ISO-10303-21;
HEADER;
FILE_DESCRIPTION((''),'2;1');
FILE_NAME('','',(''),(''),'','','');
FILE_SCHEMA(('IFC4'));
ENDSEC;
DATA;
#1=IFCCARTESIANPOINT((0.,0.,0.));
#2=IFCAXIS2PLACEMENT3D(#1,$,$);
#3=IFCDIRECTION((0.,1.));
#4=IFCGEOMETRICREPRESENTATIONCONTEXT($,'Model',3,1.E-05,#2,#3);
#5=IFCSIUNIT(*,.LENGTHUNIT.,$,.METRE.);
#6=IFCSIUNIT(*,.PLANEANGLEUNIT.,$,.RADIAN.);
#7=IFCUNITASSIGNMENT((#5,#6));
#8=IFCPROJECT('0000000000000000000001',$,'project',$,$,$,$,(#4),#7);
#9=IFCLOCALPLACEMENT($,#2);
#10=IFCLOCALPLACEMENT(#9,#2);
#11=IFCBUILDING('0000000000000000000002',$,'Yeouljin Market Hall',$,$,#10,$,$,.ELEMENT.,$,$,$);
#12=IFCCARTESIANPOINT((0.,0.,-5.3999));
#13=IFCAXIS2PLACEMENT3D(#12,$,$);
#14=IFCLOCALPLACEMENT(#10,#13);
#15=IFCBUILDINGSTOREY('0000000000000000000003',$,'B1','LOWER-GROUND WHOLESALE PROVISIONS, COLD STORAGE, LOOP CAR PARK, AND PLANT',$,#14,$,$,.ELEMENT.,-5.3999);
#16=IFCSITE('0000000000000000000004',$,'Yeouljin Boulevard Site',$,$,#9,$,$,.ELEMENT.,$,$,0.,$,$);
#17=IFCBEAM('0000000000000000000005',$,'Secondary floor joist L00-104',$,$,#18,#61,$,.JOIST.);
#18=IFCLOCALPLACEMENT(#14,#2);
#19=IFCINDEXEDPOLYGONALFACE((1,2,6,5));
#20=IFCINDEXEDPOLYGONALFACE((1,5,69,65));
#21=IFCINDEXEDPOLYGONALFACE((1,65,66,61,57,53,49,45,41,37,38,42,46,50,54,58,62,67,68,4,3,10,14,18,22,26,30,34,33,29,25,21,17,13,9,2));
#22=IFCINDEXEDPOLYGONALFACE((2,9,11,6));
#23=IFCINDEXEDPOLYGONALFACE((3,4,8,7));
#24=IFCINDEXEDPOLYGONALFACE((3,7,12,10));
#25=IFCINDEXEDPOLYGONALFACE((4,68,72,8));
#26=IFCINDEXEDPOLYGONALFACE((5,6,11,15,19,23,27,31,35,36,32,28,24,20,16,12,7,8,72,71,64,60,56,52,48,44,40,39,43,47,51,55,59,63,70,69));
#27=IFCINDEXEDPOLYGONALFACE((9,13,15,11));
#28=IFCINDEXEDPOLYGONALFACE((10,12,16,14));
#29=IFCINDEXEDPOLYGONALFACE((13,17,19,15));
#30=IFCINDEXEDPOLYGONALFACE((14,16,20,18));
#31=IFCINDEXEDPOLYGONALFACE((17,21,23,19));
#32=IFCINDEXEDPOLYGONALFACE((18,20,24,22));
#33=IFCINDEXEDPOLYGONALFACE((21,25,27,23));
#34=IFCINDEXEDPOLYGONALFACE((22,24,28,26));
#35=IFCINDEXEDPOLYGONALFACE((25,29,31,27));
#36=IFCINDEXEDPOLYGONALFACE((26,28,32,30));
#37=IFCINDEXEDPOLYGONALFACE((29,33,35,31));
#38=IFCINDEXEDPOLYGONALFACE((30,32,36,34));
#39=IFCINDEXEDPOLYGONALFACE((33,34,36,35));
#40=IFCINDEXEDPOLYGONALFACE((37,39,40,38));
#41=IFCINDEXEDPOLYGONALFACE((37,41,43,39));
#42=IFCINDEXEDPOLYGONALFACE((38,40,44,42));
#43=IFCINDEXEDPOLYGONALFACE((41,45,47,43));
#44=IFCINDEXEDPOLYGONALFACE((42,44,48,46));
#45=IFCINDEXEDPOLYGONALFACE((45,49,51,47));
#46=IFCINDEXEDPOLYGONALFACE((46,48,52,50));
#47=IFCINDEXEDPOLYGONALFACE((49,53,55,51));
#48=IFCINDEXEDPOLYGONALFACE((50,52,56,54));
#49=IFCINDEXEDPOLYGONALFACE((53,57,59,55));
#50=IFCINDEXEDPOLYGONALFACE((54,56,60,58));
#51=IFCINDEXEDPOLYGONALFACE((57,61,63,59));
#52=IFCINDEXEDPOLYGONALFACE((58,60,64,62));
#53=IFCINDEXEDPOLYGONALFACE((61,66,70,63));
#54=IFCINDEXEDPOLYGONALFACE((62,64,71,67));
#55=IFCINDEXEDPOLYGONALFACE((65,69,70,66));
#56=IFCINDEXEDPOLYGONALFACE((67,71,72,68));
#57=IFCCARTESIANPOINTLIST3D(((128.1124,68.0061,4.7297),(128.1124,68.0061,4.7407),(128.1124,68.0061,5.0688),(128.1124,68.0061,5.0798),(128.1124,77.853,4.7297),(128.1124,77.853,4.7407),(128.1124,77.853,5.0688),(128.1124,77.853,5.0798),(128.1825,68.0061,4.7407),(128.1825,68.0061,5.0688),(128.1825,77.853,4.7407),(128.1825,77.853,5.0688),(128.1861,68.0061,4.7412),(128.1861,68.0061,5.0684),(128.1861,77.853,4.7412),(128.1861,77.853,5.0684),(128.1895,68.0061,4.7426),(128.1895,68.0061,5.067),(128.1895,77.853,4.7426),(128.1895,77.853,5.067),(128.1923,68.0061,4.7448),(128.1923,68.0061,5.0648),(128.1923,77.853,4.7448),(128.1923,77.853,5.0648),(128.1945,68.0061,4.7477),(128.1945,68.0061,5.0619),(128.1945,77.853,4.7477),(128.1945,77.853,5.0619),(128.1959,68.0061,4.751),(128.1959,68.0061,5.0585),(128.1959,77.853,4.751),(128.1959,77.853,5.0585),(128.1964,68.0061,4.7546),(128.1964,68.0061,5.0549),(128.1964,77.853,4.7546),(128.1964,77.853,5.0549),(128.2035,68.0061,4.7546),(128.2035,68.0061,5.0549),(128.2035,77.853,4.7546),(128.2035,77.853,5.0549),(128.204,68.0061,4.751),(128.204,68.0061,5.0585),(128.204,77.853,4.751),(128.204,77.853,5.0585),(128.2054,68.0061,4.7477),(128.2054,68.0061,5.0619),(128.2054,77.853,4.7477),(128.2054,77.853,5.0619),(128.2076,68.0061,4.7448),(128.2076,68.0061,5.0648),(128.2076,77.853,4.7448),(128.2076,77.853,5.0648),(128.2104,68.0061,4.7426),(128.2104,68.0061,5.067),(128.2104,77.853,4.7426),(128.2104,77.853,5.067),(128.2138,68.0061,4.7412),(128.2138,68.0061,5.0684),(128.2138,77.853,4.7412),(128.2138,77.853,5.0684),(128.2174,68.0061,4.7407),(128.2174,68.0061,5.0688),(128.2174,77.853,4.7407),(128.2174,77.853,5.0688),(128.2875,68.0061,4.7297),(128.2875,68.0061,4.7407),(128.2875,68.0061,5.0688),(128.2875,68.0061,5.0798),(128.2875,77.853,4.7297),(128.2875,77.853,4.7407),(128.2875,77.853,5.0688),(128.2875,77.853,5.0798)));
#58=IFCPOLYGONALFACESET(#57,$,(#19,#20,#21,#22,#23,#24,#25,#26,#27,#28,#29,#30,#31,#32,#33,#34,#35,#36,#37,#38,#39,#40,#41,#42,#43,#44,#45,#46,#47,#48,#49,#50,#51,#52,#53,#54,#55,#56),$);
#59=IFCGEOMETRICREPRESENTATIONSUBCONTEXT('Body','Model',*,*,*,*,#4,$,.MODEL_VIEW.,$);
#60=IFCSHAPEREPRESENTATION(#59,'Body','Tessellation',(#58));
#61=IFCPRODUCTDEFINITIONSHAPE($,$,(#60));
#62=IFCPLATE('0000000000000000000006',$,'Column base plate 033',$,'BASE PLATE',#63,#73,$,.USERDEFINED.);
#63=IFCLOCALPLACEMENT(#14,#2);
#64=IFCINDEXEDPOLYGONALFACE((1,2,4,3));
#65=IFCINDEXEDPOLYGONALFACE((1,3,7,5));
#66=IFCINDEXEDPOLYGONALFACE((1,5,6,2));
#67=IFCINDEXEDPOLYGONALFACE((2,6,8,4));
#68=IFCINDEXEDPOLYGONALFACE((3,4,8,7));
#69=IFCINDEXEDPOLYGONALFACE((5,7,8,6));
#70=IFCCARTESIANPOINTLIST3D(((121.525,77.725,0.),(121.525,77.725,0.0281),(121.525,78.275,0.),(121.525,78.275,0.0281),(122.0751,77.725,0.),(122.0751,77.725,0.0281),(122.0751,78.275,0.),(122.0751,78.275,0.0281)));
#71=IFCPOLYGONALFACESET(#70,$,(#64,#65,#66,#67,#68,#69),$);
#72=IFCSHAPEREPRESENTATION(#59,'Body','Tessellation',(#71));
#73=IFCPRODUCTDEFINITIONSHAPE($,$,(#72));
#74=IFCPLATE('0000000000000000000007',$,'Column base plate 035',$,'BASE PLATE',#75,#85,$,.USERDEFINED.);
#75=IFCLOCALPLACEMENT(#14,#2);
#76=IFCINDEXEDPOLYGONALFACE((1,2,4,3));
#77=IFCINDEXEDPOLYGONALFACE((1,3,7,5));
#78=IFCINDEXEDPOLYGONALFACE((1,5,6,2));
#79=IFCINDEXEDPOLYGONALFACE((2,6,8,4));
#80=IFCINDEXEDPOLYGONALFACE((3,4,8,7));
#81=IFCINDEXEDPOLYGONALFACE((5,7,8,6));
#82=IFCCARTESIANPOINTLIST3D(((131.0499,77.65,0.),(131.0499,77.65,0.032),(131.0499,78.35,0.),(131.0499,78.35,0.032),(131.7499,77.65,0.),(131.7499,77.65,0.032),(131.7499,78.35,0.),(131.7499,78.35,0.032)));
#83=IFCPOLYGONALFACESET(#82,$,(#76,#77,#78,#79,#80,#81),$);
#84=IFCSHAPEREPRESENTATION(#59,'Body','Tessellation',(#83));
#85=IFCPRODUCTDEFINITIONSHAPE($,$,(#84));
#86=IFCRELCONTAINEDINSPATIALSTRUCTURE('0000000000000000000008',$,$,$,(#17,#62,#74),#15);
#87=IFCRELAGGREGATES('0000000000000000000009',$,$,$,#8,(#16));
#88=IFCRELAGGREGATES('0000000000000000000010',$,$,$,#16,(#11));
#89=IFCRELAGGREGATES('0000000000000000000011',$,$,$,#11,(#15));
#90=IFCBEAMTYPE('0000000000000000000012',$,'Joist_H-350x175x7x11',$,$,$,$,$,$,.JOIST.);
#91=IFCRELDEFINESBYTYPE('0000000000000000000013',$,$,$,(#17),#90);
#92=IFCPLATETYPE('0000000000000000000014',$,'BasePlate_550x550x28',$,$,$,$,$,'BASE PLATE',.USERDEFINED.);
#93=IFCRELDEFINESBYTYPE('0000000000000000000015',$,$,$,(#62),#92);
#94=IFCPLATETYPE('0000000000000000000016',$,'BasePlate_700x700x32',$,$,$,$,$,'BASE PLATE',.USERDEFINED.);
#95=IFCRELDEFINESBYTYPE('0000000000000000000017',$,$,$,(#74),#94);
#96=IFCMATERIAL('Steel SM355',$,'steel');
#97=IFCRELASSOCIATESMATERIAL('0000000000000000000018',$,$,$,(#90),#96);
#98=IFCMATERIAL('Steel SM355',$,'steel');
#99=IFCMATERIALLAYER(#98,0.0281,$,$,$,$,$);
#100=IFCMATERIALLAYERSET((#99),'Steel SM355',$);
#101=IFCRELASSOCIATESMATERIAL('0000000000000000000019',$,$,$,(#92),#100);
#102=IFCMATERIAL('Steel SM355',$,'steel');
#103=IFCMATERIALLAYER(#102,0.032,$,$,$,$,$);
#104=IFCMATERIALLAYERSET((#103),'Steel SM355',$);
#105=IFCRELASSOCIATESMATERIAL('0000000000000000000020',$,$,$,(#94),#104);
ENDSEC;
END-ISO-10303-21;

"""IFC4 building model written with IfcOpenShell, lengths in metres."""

from ifc_helpers import new_model, si_unit, direction, frame, origin, origin_2d, place, context, subcontext, project, spatial, rectangle, i_section, extrude, material, layer, layer_set, material_profile, profile_set, type_object, element, save


model = new_model("IFC4")

# Units and contexts
model_context = context("Model", 3, precision=1e-05, world=origin(), true_north=direction((0.0, 1.0)))
body_context = subcontext(model_context, "Body", "Model", "MODEL_VIEW")
ifc_project = project(units=[si_unit("LENGTHUNIT", "METRE"), si_unit("PLANEANGLEUNIT", "RADIAN")], contexts=[model_context])

# Site, building, storey
site_placement = place(None, origin())
site = spatial("IfcSite", under=ifc_project, at=site_placement, Name="Yeouljin Boulevard Site", CompositionType="ELEMENT", RefElevation=0.0)
building_placement = place(site_placement, origin())
building = spatial("IfcBuilding", under=site, at=building_placement, Name="Yeouljin Market Hall", CompositionType="ELEMENT")
storey_placement = place(building_placement, frame((0.0, 0.0, -5.3999)))
storey = spatial("IfcBuildingStorey", under=building, at=storey_placement, Name="B1", Description="LOWER-GROUND WHOLESALE PROVISIONS, COLD STORAGE, LOOP CAR PARK, AND PLANT", CompositionType="ELEMENT", Elevation=-5.3999)

# Beam
ifc_material_1 = material(Name="Steel SM355", Category="steel")
ifc_material_profile_1 = material_profile(ifc_material_1, i_section(OverallWidth=0.175, OverallDepth=0.3501, WebThickness=0.0071, FlangeThickness=0.011, FilletRadius=0.0139, at=origin_2d()), Name="H-350x175x7x11")
ifc_profile_set_1 = profile_set([ifc_material_profile_1], Name="Steel SM355")
beam_type_1 = type_object("IfcBeamType", Name="Joist_H-350x175x7x11", PredefinedType="JOIST", material=ifc_profile_set_1)
for number, where, z_axis, x_axis, name in (
    (1, (128.2, 68.0061, 4.9048), (0.0, 1.0, 0.0), (-1.0, 0.0, 0.0), "Secondary floor joist L00-104"),
):
    element("IfcBeam", number, at=place(storey_placement, frame(where, z_axis=z_axis, x_axis=x_axis)), inside=storey, type_object=beam_type_1, Name=name, PredefinedType="JOIST", context=body_context, shape_type="SweptSolid", body=[
        extrude(i_section(OverallWidth=0.175, OverallDepth=0.3501, WebThickness=0.0071, FlangeThickness=0.011, FilletRadius=0.0139, at=origin_2d()), origin(), (0.0, 0.0, 1.0), 9.8469),
    ])

# Plates
ifc_material_2 = material(Name="Steel SM355", Category="steel")
ifc_layer_1 = layer(ifc_material_2, 0.0281)
ifc_layer_set_1 = layer_set([ifc_layer_1], Name="Steel SM355")
plate_type_1 = type_object("IfcPlateType", Name="BasePlate_550x550x28", ElementType="BASE PLATE", PredefinedType="USERDEFINED", material=ifc_layer_set_1)
plate_1_placement = place(storey_placement, frame((121.8, 78.0, 0.0), z_axis=(0.0, 0.0, 1.0), x_axis=(1.0, 0.0, 0.0)))
element("IfcPlate", 2, at=plate_1_placement, inside=storey, type_object=plate_type_1, Name="Column base plate 033", ObjectType="BASE PLATE", PredefinedType="USERDEFINED", context=body_context, shape_type="SweptSolid", body=[
    extrude(rectangle(XDim=0.55, YDim=0.55, at=origin_2d()), origin(), (0.0, 0.0, 1.0), 0.0281),
])
ifc_material_3 = material(Name="Steel SM355", Category="steel")
ifc_layer_2 = layer(ifc_material_3, 0.032)
ifc_layer_set_2 = layer_set([ifc_layer_2], Name="Steel SM355")
plate_type_2 = type_object("IfcPlateType", Name="BasePlate_700x700x32", ElementType="BASE PLATE", PredefinedType="USERDEFINED", material=ifc_layer_set_2)
plate_2_placement = place(storey_placement, frame((131.3999, 78.0, 0.0), z_axis=(0.0, 0.0, 1.0), x_axis=(1.0, 0.0, 0.0)))
element("IfcPlate", 3, at=plate_2_placement, inside=storey, type_object=plate_type_2, Name="Column base plate 035", ObjectType="BASE PLATE", PredefinedType="USERDEFINED", context=body_context, shape_type="SweptSolid", body=[
    extrude(rectangle(XDim=0.7, YDim=0.7, at=origin_2d()), origin(), (0.0, 0.0, 1.0), 0.032),
])

save(model, "model.ifc")
